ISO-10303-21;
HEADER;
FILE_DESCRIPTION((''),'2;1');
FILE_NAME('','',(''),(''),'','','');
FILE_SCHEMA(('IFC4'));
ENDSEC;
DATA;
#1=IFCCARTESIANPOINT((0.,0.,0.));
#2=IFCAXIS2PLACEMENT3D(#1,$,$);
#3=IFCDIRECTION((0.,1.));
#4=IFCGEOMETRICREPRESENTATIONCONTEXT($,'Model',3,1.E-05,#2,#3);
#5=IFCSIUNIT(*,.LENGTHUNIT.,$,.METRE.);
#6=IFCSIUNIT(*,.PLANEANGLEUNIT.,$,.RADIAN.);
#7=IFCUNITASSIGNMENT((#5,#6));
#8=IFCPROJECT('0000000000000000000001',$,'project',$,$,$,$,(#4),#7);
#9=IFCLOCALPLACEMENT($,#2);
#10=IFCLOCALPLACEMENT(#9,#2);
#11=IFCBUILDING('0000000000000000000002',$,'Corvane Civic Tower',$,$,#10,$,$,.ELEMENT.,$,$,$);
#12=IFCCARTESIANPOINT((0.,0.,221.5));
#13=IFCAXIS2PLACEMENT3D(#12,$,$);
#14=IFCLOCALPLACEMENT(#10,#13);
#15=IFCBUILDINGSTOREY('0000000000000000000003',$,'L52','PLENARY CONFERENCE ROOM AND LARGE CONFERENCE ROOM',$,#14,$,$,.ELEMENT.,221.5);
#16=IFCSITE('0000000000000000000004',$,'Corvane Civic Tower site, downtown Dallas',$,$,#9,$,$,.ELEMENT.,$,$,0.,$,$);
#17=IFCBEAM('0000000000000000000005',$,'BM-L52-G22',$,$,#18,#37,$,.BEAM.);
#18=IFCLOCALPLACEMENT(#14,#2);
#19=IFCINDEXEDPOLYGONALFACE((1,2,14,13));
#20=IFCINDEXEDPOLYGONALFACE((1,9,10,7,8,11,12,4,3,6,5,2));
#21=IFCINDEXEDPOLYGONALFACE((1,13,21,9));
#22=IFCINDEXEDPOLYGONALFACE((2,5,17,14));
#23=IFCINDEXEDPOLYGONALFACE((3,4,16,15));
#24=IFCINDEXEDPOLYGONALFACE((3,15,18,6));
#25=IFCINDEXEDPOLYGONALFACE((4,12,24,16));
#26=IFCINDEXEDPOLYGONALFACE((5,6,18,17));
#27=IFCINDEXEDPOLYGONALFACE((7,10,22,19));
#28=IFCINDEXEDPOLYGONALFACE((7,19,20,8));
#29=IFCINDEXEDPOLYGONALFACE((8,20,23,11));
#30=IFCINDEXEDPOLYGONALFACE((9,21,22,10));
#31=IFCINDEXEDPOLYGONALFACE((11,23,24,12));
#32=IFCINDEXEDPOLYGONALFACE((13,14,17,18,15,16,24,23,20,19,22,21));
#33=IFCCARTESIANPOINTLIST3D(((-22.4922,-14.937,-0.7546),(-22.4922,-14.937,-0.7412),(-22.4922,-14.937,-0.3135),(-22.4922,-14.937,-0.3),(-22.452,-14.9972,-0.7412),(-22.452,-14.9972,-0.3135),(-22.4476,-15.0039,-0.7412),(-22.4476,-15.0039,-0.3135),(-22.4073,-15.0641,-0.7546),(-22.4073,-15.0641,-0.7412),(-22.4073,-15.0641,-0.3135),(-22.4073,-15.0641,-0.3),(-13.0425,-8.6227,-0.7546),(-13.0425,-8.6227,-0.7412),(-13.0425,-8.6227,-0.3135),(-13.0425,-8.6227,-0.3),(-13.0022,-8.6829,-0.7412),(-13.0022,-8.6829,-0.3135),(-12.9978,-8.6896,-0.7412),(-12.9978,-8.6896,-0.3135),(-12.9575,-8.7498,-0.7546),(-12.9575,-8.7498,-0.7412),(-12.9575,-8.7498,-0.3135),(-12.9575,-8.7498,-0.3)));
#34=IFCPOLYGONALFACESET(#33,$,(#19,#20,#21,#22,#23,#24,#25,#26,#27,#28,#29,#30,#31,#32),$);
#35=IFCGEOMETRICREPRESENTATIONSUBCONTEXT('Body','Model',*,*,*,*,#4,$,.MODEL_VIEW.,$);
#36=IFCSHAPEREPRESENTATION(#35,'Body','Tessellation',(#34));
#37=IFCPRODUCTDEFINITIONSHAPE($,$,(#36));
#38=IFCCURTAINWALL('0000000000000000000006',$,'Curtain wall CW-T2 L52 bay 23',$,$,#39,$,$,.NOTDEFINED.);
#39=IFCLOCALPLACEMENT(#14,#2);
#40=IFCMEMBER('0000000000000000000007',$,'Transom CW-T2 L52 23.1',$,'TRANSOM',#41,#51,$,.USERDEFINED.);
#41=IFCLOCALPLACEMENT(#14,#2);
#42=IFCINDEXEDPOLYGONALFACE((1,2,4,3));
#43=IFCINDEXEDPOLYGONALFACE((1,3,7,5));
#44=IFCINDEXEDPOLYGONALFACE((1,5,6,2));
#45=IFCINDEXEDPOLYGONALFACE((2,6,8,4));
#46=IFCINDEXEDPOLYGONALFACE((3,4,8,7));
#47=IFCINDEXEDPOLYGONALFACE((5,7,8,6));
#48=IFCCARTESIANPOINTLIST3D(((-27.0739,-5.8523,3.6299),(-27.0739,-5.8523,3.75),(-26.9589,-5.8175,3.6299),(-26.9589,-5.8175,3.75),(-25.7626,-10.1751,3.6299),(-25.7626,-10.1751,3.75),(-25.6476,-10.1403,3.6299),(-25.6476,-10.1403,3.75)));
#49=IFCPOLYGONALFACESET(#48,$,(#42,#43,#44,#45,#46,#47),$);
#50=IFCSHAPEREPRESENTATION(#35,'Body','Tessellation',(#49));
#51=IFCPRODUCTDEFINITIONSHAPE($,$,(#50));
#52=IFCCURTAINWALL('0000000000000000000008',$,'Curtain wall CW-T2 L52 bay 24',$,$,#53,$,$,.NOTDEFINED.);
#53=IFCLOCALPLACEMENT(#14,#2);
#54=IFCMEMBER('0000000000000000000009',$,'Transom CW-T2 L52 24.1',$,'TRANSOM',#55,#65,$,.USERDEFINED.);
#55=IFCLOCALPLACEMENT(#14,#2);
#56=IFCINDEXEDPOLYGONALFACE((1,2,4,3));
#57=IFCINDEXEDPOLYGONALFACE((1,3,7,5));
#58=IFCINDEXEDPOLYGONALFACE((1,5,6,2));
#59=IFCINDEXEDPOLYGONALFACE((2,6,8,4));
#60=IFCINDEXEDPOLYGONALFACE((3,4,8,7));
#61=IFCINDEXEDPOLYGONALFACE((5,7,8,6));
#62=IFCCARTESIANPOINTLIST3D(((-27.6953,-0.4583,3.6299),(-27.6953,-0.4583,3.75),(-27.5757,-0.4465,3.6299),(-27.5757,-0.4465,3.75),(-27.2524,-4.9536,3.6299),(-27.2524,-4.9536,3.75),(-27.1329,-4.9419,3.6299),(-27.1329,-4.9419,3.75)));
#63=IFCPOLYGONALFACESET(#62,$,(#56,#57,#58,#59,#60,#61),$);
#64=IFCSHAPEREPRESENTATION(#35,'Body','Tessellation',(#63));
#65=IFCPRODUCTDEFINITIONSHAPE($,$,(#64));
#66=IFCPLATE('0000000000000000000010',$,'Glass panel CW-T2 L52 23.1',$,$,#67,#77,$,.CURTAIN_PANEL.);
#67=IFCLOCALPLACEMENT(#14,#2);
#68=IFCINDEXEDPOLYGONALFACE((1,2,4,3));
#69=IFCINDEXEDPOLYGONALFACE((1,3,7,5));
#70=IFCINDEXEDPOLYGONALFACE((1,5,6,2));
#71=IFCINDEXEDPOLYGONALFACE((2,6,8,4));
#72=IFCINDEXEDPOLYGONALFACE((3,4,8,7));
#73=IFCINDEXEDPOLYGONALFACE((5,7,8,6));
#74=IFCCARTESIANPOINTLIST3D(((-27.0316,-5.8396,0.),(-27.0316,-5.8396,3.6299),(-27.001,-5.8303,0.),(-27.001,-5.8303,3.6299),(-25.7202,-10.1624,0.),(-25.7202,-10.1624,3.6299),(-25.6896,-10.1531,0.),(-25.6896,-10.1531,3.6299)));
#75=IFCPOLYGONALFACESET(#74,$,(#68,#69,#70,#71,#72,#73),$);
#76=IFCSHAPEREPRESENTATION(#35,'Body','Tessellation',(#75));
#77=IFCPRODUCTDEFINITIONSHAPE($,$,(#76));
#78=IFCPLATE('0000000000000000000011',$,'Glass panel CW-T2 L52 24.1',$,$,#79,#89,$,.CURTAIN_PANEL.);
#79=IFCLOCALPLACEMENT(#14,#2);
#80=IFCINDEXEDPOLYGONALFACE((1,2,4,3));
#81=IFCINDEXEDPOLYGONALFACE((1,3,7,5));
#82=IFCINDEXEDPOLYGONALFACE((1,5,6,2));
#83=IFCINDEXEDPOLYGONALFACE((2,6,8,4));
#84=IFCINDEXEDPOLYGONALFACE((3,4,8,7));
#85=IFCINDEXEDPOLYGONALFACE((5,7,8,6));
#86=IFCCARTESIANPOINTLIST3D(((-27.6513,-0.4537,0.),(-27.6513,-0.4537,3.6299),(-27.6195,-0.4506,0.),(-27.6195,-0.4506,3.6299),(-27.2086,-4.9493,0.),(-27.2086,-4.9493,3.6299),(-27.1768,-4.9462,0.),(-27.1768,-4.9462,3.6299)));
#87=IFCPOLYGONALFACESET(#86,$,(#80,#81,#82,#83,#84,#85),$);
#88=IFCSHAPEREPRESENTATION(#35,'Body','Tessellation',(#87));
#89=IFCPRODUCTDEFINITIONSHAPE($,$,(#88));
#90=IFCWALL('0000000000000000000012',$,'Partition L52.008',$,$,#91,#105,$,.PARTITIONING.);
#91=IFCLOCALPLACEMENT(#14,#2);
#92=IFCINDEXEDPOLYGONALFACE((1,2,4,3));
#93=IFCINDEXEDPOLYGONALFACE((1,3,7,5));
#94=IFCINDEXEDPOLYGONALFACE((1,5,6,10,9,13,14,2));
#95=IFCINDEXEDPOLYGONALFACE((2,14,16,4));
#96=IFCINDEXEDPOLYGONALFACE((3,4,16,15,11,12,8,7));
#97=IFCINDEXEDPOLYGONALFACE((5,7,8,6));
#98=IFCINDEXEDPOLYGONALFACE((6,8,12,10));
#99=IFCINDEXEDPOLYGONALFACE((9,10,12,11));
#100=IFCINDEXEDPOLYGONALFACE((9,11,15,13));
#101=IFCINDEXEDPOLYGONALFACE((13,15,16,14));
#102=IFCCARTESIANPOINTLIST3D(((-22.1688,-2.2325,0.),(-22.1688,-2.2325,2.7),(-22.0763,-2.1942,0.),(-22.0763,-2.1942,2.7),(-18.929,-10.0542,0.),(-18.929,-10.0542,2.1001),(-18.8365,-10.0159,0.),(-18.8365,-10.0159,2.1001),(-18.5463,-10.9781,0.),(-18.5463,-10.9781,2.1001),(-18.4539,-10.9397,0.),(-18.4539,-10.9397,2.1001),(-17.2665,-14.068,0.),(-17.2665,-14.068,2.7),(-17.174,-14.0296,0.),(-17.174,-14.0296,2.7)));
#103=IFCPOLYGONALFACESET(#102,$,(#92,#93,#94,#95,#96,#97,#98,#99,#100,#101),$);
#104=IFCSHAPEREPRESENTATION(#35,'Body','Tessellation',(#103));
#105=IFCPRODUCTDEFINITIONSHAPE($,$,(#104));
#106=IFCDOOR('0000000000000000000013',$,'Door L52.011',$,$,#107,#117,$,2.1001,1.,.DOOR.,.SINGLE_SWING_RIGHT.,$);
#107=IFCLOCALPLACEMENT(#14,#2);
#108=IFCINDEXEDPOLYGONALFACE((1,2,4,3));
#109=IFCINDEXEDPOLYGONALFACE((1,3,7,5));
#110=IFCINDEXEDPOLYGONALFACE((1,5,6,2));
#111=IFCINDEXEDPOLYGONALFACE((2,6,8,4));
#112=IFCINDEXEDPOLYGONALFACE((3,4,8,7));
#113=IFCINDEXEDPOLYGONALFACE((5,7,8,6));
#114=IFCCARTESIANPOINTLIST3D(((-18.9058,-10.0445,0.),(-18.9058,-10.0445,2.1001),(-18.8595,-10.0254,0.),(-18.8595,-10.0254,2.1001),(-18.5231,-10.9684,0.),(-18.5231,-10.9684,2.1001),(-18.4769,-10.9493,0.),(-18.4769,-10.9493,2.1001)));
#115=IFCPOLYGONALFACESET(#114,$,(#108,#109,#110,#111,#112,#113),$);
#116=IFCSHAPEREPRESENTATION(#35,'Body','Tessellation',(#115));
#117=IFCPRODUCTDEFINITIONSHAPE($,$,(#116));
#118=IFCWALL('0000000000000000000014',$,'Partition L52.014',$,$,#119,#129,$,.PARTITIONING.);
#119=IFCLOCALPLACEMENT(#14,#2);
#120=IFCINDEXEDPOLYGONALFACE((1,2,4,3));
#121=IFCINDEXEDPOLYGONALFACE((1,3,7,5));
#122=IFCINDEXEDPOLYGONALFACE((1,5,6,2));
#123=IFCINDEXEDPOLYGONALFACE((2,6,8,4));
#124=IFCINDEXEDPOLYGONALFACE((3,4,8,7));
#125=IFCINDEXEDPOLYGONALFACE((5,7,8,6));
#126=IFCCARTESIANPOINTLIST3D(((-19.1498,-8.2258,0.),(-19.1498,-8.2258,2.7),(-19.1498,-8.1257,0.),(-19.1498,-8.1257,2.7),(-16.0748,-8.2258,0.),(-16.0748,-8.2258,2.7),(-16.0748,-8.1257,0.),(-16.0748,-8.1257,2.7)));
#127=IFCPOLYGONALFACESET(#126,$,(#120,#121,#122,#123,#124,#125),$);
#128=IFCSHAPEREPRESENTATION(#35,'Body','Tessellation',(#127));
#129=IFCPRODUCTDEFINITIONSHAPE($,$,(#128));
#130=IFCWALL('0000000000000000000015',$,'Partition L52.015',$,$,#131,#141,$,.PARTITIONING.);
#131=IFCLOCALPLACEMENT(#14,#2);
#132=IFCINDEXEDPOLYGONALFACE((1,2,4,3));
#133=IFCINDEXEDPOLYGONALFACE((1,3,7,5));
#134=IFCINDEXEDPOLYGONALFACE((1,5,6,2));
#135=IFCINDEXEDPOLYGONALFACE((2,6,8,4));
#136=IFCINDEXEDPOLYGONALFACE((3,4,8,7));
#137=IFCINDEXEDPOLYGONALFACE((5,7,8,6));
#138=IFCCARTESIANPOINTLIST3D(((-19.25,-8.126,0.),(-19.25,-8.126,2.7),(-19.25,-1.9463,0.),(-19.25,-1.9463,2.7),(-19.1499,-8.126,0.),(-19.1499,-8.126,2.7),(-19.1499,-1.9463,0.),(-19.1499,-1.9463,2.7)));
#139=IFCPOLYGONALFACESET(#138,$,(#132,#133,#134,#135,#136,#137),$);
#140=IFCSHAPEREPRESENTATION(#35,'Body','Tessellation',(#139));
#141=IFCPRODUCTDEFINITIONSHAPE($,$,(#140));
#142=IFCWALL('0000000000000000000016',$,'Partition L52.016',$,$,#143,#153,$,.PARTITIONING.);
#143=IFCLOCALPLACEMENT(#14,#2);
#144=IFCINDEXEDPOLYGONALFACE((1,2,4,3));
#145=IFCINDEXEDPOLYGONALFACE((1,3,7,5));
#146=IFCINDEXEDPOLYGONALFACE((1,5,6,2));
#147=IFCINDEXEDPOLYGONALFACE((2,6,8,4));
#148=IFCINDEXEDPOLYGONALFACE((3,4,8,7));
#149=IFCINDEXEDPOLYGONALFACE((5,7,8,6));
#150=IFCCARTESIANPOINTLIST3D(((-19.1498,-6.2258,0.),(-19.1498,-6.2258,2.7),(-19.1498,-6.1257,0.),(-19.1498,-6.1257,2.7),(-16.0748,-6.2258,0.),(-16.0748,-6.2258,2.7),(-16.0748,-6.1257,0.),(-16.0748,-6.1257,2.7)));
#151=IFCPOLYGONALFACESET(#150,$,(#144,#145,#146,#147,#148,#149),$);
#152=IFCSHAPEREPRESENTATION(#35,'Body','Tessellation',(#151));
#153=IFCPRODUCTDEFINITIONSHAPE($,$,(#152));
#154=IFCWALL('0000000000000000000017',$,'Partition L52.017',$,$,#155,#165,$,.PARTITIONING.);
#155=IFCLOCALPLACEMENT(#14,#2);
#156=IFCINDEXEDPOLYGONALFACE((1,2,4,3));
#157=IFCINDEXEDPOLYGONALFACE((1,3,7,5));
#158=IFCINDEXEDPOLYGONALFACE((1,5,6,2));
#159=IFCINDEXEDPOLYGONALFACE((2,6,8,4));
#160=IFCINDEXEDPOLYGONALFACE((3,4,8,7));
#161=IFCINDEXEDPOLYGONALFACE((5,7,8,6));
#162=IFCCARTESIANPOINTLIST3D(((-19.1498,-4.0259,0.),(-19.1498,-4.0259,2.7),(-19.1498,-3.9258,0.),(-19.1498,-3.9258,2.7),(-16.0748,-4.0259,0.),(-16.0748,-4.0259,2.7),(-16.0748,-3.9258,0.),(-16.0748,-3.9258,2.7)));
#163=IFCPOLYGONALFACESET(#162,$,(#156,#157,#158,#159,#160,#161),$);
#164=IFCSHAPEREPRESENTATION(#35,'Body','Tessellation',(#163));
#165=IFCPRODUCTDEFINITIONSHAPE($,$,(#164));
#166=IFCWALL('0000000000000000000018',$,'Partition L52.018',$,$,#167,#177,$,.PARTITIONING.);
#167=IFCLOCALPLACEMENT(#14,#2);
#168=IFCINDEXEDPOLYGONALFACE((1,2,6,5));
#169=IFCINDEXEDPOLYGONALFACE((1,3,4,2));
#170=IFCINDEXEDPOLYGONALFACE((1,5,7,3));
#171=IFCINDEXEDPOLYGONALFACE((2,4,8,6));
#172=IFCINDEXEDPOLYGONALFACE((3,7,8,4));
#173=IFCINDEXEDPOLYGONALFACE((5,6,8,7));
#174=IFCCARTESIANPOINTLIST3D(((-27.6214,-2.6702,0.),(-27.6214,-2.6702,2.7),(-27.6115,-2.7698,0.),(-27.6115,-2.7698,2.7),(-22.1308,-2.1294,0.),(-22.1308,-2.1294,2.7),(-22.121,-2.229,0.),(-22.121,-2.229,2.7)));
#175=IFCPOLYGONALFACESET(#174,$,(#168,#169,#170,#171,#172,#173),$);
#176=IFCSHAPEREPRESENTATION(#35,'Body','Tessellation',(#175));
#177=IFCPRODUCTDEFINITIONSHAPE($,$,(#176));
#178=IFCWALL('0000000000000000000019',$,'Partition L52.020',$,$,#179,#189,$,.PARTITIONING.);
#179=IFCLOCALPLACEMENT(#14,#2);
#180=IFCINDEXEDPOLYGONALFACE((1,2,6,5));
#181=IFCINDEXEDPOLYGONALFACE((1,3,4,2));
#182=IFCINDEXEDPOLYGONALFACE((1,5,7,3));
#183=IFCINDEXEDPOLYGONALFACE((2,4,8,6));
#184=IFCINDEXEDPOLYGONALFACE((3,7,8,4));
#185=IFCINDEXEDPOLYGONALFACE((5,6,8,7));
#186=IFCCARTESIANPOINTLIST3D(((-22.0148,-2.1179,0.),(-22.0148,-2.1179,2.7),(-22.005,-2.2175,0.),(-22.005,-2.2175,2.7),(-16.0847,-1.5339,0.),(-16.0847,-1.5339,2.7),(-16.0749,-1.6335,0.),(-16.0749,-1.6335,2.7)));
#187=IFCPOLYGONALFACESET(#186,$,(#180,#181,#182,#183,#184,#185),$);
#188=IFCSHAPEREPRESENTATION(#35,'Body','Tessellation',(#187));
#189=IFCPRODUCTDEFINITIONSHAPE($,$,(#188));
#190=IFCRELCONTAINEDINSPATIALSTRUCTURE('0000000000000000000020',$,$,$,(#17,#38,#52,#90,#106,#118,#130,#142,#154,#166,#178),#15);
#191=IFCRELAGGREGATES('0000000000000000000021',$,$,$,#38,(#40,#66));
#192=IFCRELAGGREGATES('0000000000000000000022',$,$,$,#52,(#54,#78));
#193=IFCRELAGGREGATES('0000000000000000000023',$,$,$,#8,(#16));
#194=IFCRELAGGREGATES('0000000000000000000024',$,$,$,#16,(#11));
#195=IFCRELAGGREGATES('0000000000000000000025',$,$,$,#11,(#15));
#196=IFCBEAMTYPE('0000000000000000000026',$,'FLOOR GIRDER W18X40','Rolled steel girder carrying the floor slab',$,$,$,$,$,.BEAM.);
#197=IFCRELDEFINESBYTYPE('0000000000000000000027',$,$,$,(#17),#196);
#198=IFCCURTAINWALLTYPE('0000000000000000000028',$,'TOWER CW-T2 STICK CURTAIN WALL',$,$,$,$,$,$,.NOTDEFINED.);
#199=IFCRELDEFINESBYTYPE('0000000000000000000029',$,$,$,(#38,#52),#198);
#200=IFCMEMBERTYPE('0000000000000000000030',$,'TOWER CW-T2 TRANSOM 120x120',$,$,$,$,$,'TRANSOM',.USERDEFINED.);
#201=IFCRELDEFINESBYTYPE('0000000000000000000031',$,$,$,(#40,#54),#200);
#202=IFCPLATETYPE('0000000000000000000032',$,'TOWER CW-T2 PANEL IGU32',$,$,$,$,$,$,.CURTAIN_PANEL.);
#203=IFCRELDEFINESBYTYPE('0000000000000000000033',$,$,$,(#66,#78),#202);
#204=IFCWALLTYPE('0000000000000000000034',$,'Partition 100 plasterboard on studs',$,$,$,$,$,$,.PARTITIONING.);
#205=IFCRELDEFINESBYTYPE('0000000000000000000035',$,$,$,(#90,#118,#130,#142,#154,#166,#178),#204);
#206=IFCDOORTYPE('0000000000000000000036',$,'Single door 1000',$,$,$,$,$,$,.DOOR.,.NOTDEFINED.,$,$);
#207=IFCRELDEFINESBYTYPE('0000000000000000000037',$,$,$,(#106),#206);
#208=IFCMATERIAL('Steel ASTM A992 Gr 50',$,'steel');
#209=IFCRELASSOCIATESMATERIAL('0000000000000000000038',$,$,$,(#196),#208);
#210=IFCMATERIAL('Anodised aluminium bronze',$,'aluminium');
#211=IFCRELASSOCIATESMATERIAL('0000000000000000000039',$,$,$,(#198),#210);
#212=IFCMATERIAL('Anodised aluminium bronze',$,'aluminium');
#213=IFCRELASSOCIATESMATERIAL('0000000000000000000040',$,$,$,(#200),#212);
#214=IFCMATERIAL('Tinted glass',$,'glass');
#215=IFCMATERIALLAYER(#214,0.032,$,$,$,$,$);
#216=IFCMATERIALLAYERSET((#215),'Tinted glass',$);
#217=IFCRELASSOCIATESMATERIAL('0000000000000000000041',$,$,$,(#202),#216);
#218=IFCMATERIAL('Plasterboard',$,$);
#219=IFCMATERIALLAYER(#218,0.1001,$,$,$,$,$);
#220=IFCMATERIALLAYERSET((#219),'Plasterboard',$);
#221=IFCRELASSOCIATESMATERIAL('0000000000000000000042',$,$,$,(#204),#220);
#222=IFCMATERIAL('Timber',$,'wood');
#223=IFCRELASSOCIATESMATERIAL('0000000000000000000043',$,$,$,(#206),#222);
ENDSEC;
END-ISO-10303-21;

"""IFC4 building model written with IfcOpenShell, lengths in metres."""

from ifc_helpers import new_model, si_unit, direction, frame, frame_2d, origin, origin_2d, place, context, subcontext, project, spatial, rectangle, i_section, extrude, material, layer, layer_set, material_profile, profile_set, type_object, element, fill, aggregate, save


model = new_model("IFC4")

# Units and contexts
model_context = context("Model", 3, precision=1e-05, world=origin(), true_north=direction((0.0, 1.0)))
body_context = subcontext(model_context, "Body", "Model", "MODEL_VIEW")
ifc_project = project(units=[si_unit("LENGTHUNIT", "METRE"), si_unit("PLANEANGLEUNIT", "RADIAN")], contexts=[model_context])

# Site, building, storey
site_placement = place(None, origin())
site = spatial("IfcSite", under=ifc_project, at=site_placement, Name="Corvane Civic Tower site, downtown Dallas", CompositionType="ELEMENT", RefElevation=0.0)
building_placement = place(site_placement, origin())
building = spatial("IfcBuilding", under=site, at=building_placement, Name="Corvane Civic Tower", CompositionType="ELEMENT")
storey_placement = place(building_placement, frame((0.0, 0.0, 221.5)))
storey = spatial("IfcBuildingStorey", under=building, at=storey_placement, Name="L52", Description="PLENARY CONFERENCE ROOM AND LARGE CONFERENCE ROOM", CompositionType="ELEMENT", Elevation=221.5)

# Beam
ifc_material_1 = material(Name="Steel ASTM A992 Gr 50", Category="steel")
ifc_material_profile_1 = material_profile(ifc_material_1, i_section(OverallWidth=0.1528, OverallDepth=0.4546, WebThickness=0.0081, FlangeThickness=0.0134, at=origin_2d()), Name="W18X40")
ifc_profile_set_1 = profile_set([ifc_material_profile_1], Name="Steel ASTM A992 Gr 50")
beam_type_1 = type_object("IfcBeamType", Name="FLOOR GIRDER W18X40", Description="Rolled steel girder carrying the floor slab", PredefinedType="BEAM", material=ifc_profile_set_1)
beam_1_placement = place(storey_placement, frame((-13.0, -8.6863, -0.5273), z_axis=(-0.831465, -0.555577, 0.0), x_axis=(0.555577, -0.831465, 0.0)))
element("IfcBeam", 1, at=beam_1_placement, inside=storey, type_object=beam_type_1, Name="BM-L52-G22", PredefinedType="BEAM", context=body_context, shape_type="SweptSolid", body=[
    extrude(i_section(OverallWidth=0.1528, OverallDepth=0.4546, WebThickness=0.0081, FlangeThickness=0.0134, at=origin_2d()), origin(), (0.0, 0.0, 1.0), 11.3652),
])

# Curtain walls, members
ifc_material_2 = material(Name="Anodised aluminium bronze", Category="aluminium")
curtain_wall_type = type_object("IfcCurtainWallType", Name="TOWER CW-T2 STICK CURTAIN WALL", PredefinedType="NOTDEFINED", material=ifc_material_2)
curtain_wall_1_placement = place(storey_placement, origin())
curtain_wall_1 = element("IfcCurtainWall", 2, at=curtain_wall_1_placement, inside=storey, type_object=curtain_wall_type, Name="Curtain wall CW-T2 L52 bay 23", PredefinedType="NOTDEFINED")
ifc_material_3 = material(Name="Anodised aluminium bronze", Category="aluminium")
ifc_material_profile_2 = material_profile(ifc_material_3, rectangle(XDim=0.1201, YDim=0.1201, at=origin_2d()), Name="TOWER CW-T2 TRANSOM 120x120")
ifc_profile_set_2 = profile_set([ifc_material_profile_2], Name="Anodised aluminium bronze")
member_type = type_object("IfcMemberType", Name="TOWER CW-T2 TRANSOM 120x120", ElementType="TRANSOM", PredefinedType="USERDEFINED", material=ifc_profile_set_2)
member_1_placement = place(storey_placement, frame((-25.7051, -10.1577, 3.6899), z_axis=(-0.290282, 0.956941, 0.0), x_axis=(-0.956941, -0.290282, 0.0)))
member_1 = element("IfcMember", 3, at=member_1_placement, type_object=member_type, Name="Transom CW-T2 L52 23.1", ObjectType="TRANSOM", PredefinedType="USERDEFINED", context=body_context, shape_type="SweptSolid", body=[
    extrude(rectangle(XDim=0.1201, YDim=0.1201, at=origin_2d()), origin(), (0.0, 0.0, 1.0), 4.5173),
])
curtain_wall_2_placement = place(storey_placement, origin())
curtain_wall_2 = element("IfcCurtainWall", 4, at=curtain_wall_2_placement, inside=storey, type_object=curtain_wall_type, Name="Curtain wall CW-T2 L52 bay 24", PredefinedType="NOTDEFINED")
member_2_placement = place(storey_placement, frame((-27.1926, -4.9478, 3.6899), z_axis=(-0.098043, 0.995182, 0.0), x_axis=(-0.995182, -0.098043, 0.0)))
member_2 = element("IfcMember", 5, at=member_2_placement, type_object=member_type, Name="Transom CW-T2 L52 24.1", ObjectType="TRANSOM", PredefinedType="USERDEFINED", context=body_context, shape_type="SweptSolid", body=[
    extrude(rectangle(XDim=0.1201, YDim=0.1201, at=origin_2d()), origin(), (0.0, 0.0, 1.0), 4.5171),
])

# Plates
ifc_material_4 = material(Name="Tinted glass", Category="glass")
ifc_layer_1 = layer(ifc_material_4, 0.032)
ifc_layer_set_1 = layer_set([ifc_layer_1], Name="Tinted glass")
plate_type = type_object("IfcPlateType", Name="TOWER CW-T2 PANEL IGU32", PredefinedType="CURTAIN_PANEL", material=ifc_layer_set_1)
plate_1_placement = place(storey_placement, frame((-26.3606, -7.9963, 0.0), z_axis=(0.0, 0.0, 1.0), x_axis=(-0.29029, 0.956939, 0.0)))
plate_1 = element("IfcPlate", 6, at=plate_1_placement, type_object=plate_type, Name="Glass panel CW-T2 L52 23.1", PredefinedType="CURTAIN_PANEL", context=body_context, shape_type="SweptSolid", body=[
    extrude(rectangle(XDim=4.5173, YDim=0.032, at=origin_2d()), origin(), (0.0, 0.0, 1.0), 3.6299),
])
aggregate(curtain_wall_1, [member_1, plate_1])
plate_2_placement = place(storey_placement, frame((-27.4141, -2.7, 0.0), z_axis=(0.0, 0.0, 1.0), x_axis=(-0.097993, 0.995187, 0.0)))
plate_2 = element("IfcPlate", 7, at=plate_2_placement, type_object=plate_type, Name="Glass panel CW-T2 L52 24.1", PredefinedType="CURTAIN_PANEL", context=body_context, shape_type="SweptSolid", body=[
    extrude(rectangle(XDim=4.5173, YDim=0.032, at=origin_2d()), origin(), (0.0, 0.0, 1.0), 3.6299),
])
aggregate(curtain_wall_2, [member_2, plate_2])

# Wall, opening, door
ifc_material_5 = material(Name="Plasterboard")
ifc_layer_2 = layer(ifc_material_5, 0.1001)
ifc_layer_set_2 = layer_set([ifc_layer_2], Name="Plasterboard")
wall_type = type_object("IfcWallType", Name="Partition 100 plasterboard on studs", PredefinedType="PARTITIONING", material=ifc_layer_set_2)
wall_1_placement = place(storey_placement, frame((-22.1226, -2.2134, 0.0), z_axis=(0.0, 0.0, 1.0), x_axis=(0.382679, -0.923881, 0.0)))
wall_1 = element("IfcWall", 8, at=wall_1_placement, inside=storey, type_object=wall_type, Name="Partition L52.008", PredefinedType="PARTITIONING", context=body_context, shape_type="SweptSolid", body=[
    extrude(rectangle(XDim=12.8105, YDim=0.1001, at=frame_2d((6.4053, 0.0))), origin(), (0.0, 0.0, 1.0), 2.7),
])
opening_1_placement = place(wall_1_placement, frame((8.4661, 0.0, 0.0)))
opening_1 = element("IfcOpeningElement", 9, at=opening_1_placement, cuts=wall_1, PredefinedType="OPENING", context=body_context, shape_type="SweptSolid", body=[
    extrude(rectangle(XDim=1.0, YDim=2.1001, at=frame_2d((0.5, 1.05))), frame((0.0, 0.0601, 0.0), z_axis=(0.0, -1.0, 0.0), x_axis=(1.0, 0.0, 0.0)), (0.0, 0.0, 1.0), 0.1201),
])
ifc_material_6 = material(Name="Timber", Category="wood")
door_type = type_object("IfcDoorType", Name="Single door 1000", OperationType="NOTDEFINED", PredefinedType="DOOR", material=ifc_material_6)
door_1_placement = place(opening_1_placement, frame((1.0, 0.0, 0.0), z_axis=(0.0, 0.0, 1.0), x_axis=(-1.0, 0.0, 0.0)))
door_1 = element("IfcDoor", 10, at=door_1_placement, inside=storey, type_object=door_type, Name="Door L52.011", OperationType="SINGLE_SWING_RIGHT", OverallHeight=2.1001, OverallWidth=1.0, PredefinedType="DOOR", context=body_context, shape_type="SweptSolid", body=[
    extrude(rectangle(XDim=1.0, YDim=2.1001, at=frame_2d((0.5, 1.05))), frame((0.0, 0.0249, 0.0), z_axis=(0.0, -1.0, 0.0), x_axis=(1.0, 0.0, 0.0)), (0.0, 0.0, 1.0), 0.05),
])
fill(opening_1, door_1)

# Walls
wall_2_placement = place(storey_placement, frame((-19.1499, -8.1758, 0.0), z_axis=(0.0, 0.0, 1.0), x_axis=(1.0, 0.0, 0.0)))
element("IfcWall", 11, at=wall_2_placement, inside=storey, type_object=wall_type, Name="Partition L52.014", PredefinedType="PARTITIONING", context=body_context, shape_type="SweptSolid", body=[
    extrude(rectangle(XDim=3.075, YDim=0.1001, at=frame_2d((1.5376, 0.0))), origin(), (0.0, 0.0, 1.0), 2.7),
])
wall_3_placement = place(storey_placement, frame((-19.2, -8.126, 0.0), z_axis=(0.0, 0.0, 1.0), x_axis=(0.0, 1.0, 0.0)))
element("IfcWall", 12, at=wall_3_placement, inside=storey, type_object=wall_type, Name="Partition L52.015", PredefinedType="PARTITIONING", context=body_context, shape_type="SweptSolid", body=[
    extrude(rectangle(XDim=6.1797, YDim=0.1001, at=frame_2d((3.0898, 0.0))), origin(), (0.0, 0.0, 1.0), 2.7),
])
for number, where, z_axis, x_axis, name in (
    (13, (-19.1499, -6.1758, 0.0), (0.0, 0.0, 1.0), (1.0, 0.0, 0.0), "Partition L52.016"),
    (14, (-19.1499, -3.9758, 0.0), (0.0, 0.0, 1.0), (1.0, 0.0, 0.0), "Partition L52.017"),
):
    element("IfcWall", number, at=place(storey_placement, frame(where, z_axis=z_axis, x_axis=x_axis)), inside=storey, type_object=wall_type, Name=name, PredefinedType="PARTITIONING", context=body_context, shape_type="SweptSolid", body=[
        extrude(rectangle(XDim=3.075, YDim=0.1001, at=frame_2d((1.5376, 0.0))), origin(), (0.0, 0.0, 1.0), 2.7),
    ])
wall_4_placement = place(storey_placement, frame((-27.6165, -2.72, 0.0), z_axis=(0.0, 0.0, 1.0), x_axis=(0.995185, 0.098018, 0.0)))
element("IfcWall", 15, at=wall_4_placement, inside=storey, type_object=wall_type, Name="Partition L52.018", PredefinedType="PARTITIONING", context=body_context, shape_type="SweptSolid", body=[
    extrude(rectangle(XDim=5.5171, YDim=0.1001, at=frame_2d((2.7585, 0.0))), origin(), (0.0, 0.0, 1.0), 2.7),
])
wall_5_placement = place(storey_placement, frame((-22.01, -2.1677, 0.0), z_axis=(0.0, 0.0, 1.0), x_axis=(0.995186, 0.098003, 0.0)))
element("IfcWall", 16, at=wall_5_placement, inside=storey, type_object=wall_type, Name="Partition L52.020", PredefinedType="PARTITIONING", context=body_context, shape_type="SweptSolid", body=[
    extrude(rectangle(XDim=5.9587, YDim=0.1001, at=frame_2d((2.9795, 0.0))), origin(), (0.0, 0.0, 1.0), 2.7),
])

save(model, "model.ifc")
